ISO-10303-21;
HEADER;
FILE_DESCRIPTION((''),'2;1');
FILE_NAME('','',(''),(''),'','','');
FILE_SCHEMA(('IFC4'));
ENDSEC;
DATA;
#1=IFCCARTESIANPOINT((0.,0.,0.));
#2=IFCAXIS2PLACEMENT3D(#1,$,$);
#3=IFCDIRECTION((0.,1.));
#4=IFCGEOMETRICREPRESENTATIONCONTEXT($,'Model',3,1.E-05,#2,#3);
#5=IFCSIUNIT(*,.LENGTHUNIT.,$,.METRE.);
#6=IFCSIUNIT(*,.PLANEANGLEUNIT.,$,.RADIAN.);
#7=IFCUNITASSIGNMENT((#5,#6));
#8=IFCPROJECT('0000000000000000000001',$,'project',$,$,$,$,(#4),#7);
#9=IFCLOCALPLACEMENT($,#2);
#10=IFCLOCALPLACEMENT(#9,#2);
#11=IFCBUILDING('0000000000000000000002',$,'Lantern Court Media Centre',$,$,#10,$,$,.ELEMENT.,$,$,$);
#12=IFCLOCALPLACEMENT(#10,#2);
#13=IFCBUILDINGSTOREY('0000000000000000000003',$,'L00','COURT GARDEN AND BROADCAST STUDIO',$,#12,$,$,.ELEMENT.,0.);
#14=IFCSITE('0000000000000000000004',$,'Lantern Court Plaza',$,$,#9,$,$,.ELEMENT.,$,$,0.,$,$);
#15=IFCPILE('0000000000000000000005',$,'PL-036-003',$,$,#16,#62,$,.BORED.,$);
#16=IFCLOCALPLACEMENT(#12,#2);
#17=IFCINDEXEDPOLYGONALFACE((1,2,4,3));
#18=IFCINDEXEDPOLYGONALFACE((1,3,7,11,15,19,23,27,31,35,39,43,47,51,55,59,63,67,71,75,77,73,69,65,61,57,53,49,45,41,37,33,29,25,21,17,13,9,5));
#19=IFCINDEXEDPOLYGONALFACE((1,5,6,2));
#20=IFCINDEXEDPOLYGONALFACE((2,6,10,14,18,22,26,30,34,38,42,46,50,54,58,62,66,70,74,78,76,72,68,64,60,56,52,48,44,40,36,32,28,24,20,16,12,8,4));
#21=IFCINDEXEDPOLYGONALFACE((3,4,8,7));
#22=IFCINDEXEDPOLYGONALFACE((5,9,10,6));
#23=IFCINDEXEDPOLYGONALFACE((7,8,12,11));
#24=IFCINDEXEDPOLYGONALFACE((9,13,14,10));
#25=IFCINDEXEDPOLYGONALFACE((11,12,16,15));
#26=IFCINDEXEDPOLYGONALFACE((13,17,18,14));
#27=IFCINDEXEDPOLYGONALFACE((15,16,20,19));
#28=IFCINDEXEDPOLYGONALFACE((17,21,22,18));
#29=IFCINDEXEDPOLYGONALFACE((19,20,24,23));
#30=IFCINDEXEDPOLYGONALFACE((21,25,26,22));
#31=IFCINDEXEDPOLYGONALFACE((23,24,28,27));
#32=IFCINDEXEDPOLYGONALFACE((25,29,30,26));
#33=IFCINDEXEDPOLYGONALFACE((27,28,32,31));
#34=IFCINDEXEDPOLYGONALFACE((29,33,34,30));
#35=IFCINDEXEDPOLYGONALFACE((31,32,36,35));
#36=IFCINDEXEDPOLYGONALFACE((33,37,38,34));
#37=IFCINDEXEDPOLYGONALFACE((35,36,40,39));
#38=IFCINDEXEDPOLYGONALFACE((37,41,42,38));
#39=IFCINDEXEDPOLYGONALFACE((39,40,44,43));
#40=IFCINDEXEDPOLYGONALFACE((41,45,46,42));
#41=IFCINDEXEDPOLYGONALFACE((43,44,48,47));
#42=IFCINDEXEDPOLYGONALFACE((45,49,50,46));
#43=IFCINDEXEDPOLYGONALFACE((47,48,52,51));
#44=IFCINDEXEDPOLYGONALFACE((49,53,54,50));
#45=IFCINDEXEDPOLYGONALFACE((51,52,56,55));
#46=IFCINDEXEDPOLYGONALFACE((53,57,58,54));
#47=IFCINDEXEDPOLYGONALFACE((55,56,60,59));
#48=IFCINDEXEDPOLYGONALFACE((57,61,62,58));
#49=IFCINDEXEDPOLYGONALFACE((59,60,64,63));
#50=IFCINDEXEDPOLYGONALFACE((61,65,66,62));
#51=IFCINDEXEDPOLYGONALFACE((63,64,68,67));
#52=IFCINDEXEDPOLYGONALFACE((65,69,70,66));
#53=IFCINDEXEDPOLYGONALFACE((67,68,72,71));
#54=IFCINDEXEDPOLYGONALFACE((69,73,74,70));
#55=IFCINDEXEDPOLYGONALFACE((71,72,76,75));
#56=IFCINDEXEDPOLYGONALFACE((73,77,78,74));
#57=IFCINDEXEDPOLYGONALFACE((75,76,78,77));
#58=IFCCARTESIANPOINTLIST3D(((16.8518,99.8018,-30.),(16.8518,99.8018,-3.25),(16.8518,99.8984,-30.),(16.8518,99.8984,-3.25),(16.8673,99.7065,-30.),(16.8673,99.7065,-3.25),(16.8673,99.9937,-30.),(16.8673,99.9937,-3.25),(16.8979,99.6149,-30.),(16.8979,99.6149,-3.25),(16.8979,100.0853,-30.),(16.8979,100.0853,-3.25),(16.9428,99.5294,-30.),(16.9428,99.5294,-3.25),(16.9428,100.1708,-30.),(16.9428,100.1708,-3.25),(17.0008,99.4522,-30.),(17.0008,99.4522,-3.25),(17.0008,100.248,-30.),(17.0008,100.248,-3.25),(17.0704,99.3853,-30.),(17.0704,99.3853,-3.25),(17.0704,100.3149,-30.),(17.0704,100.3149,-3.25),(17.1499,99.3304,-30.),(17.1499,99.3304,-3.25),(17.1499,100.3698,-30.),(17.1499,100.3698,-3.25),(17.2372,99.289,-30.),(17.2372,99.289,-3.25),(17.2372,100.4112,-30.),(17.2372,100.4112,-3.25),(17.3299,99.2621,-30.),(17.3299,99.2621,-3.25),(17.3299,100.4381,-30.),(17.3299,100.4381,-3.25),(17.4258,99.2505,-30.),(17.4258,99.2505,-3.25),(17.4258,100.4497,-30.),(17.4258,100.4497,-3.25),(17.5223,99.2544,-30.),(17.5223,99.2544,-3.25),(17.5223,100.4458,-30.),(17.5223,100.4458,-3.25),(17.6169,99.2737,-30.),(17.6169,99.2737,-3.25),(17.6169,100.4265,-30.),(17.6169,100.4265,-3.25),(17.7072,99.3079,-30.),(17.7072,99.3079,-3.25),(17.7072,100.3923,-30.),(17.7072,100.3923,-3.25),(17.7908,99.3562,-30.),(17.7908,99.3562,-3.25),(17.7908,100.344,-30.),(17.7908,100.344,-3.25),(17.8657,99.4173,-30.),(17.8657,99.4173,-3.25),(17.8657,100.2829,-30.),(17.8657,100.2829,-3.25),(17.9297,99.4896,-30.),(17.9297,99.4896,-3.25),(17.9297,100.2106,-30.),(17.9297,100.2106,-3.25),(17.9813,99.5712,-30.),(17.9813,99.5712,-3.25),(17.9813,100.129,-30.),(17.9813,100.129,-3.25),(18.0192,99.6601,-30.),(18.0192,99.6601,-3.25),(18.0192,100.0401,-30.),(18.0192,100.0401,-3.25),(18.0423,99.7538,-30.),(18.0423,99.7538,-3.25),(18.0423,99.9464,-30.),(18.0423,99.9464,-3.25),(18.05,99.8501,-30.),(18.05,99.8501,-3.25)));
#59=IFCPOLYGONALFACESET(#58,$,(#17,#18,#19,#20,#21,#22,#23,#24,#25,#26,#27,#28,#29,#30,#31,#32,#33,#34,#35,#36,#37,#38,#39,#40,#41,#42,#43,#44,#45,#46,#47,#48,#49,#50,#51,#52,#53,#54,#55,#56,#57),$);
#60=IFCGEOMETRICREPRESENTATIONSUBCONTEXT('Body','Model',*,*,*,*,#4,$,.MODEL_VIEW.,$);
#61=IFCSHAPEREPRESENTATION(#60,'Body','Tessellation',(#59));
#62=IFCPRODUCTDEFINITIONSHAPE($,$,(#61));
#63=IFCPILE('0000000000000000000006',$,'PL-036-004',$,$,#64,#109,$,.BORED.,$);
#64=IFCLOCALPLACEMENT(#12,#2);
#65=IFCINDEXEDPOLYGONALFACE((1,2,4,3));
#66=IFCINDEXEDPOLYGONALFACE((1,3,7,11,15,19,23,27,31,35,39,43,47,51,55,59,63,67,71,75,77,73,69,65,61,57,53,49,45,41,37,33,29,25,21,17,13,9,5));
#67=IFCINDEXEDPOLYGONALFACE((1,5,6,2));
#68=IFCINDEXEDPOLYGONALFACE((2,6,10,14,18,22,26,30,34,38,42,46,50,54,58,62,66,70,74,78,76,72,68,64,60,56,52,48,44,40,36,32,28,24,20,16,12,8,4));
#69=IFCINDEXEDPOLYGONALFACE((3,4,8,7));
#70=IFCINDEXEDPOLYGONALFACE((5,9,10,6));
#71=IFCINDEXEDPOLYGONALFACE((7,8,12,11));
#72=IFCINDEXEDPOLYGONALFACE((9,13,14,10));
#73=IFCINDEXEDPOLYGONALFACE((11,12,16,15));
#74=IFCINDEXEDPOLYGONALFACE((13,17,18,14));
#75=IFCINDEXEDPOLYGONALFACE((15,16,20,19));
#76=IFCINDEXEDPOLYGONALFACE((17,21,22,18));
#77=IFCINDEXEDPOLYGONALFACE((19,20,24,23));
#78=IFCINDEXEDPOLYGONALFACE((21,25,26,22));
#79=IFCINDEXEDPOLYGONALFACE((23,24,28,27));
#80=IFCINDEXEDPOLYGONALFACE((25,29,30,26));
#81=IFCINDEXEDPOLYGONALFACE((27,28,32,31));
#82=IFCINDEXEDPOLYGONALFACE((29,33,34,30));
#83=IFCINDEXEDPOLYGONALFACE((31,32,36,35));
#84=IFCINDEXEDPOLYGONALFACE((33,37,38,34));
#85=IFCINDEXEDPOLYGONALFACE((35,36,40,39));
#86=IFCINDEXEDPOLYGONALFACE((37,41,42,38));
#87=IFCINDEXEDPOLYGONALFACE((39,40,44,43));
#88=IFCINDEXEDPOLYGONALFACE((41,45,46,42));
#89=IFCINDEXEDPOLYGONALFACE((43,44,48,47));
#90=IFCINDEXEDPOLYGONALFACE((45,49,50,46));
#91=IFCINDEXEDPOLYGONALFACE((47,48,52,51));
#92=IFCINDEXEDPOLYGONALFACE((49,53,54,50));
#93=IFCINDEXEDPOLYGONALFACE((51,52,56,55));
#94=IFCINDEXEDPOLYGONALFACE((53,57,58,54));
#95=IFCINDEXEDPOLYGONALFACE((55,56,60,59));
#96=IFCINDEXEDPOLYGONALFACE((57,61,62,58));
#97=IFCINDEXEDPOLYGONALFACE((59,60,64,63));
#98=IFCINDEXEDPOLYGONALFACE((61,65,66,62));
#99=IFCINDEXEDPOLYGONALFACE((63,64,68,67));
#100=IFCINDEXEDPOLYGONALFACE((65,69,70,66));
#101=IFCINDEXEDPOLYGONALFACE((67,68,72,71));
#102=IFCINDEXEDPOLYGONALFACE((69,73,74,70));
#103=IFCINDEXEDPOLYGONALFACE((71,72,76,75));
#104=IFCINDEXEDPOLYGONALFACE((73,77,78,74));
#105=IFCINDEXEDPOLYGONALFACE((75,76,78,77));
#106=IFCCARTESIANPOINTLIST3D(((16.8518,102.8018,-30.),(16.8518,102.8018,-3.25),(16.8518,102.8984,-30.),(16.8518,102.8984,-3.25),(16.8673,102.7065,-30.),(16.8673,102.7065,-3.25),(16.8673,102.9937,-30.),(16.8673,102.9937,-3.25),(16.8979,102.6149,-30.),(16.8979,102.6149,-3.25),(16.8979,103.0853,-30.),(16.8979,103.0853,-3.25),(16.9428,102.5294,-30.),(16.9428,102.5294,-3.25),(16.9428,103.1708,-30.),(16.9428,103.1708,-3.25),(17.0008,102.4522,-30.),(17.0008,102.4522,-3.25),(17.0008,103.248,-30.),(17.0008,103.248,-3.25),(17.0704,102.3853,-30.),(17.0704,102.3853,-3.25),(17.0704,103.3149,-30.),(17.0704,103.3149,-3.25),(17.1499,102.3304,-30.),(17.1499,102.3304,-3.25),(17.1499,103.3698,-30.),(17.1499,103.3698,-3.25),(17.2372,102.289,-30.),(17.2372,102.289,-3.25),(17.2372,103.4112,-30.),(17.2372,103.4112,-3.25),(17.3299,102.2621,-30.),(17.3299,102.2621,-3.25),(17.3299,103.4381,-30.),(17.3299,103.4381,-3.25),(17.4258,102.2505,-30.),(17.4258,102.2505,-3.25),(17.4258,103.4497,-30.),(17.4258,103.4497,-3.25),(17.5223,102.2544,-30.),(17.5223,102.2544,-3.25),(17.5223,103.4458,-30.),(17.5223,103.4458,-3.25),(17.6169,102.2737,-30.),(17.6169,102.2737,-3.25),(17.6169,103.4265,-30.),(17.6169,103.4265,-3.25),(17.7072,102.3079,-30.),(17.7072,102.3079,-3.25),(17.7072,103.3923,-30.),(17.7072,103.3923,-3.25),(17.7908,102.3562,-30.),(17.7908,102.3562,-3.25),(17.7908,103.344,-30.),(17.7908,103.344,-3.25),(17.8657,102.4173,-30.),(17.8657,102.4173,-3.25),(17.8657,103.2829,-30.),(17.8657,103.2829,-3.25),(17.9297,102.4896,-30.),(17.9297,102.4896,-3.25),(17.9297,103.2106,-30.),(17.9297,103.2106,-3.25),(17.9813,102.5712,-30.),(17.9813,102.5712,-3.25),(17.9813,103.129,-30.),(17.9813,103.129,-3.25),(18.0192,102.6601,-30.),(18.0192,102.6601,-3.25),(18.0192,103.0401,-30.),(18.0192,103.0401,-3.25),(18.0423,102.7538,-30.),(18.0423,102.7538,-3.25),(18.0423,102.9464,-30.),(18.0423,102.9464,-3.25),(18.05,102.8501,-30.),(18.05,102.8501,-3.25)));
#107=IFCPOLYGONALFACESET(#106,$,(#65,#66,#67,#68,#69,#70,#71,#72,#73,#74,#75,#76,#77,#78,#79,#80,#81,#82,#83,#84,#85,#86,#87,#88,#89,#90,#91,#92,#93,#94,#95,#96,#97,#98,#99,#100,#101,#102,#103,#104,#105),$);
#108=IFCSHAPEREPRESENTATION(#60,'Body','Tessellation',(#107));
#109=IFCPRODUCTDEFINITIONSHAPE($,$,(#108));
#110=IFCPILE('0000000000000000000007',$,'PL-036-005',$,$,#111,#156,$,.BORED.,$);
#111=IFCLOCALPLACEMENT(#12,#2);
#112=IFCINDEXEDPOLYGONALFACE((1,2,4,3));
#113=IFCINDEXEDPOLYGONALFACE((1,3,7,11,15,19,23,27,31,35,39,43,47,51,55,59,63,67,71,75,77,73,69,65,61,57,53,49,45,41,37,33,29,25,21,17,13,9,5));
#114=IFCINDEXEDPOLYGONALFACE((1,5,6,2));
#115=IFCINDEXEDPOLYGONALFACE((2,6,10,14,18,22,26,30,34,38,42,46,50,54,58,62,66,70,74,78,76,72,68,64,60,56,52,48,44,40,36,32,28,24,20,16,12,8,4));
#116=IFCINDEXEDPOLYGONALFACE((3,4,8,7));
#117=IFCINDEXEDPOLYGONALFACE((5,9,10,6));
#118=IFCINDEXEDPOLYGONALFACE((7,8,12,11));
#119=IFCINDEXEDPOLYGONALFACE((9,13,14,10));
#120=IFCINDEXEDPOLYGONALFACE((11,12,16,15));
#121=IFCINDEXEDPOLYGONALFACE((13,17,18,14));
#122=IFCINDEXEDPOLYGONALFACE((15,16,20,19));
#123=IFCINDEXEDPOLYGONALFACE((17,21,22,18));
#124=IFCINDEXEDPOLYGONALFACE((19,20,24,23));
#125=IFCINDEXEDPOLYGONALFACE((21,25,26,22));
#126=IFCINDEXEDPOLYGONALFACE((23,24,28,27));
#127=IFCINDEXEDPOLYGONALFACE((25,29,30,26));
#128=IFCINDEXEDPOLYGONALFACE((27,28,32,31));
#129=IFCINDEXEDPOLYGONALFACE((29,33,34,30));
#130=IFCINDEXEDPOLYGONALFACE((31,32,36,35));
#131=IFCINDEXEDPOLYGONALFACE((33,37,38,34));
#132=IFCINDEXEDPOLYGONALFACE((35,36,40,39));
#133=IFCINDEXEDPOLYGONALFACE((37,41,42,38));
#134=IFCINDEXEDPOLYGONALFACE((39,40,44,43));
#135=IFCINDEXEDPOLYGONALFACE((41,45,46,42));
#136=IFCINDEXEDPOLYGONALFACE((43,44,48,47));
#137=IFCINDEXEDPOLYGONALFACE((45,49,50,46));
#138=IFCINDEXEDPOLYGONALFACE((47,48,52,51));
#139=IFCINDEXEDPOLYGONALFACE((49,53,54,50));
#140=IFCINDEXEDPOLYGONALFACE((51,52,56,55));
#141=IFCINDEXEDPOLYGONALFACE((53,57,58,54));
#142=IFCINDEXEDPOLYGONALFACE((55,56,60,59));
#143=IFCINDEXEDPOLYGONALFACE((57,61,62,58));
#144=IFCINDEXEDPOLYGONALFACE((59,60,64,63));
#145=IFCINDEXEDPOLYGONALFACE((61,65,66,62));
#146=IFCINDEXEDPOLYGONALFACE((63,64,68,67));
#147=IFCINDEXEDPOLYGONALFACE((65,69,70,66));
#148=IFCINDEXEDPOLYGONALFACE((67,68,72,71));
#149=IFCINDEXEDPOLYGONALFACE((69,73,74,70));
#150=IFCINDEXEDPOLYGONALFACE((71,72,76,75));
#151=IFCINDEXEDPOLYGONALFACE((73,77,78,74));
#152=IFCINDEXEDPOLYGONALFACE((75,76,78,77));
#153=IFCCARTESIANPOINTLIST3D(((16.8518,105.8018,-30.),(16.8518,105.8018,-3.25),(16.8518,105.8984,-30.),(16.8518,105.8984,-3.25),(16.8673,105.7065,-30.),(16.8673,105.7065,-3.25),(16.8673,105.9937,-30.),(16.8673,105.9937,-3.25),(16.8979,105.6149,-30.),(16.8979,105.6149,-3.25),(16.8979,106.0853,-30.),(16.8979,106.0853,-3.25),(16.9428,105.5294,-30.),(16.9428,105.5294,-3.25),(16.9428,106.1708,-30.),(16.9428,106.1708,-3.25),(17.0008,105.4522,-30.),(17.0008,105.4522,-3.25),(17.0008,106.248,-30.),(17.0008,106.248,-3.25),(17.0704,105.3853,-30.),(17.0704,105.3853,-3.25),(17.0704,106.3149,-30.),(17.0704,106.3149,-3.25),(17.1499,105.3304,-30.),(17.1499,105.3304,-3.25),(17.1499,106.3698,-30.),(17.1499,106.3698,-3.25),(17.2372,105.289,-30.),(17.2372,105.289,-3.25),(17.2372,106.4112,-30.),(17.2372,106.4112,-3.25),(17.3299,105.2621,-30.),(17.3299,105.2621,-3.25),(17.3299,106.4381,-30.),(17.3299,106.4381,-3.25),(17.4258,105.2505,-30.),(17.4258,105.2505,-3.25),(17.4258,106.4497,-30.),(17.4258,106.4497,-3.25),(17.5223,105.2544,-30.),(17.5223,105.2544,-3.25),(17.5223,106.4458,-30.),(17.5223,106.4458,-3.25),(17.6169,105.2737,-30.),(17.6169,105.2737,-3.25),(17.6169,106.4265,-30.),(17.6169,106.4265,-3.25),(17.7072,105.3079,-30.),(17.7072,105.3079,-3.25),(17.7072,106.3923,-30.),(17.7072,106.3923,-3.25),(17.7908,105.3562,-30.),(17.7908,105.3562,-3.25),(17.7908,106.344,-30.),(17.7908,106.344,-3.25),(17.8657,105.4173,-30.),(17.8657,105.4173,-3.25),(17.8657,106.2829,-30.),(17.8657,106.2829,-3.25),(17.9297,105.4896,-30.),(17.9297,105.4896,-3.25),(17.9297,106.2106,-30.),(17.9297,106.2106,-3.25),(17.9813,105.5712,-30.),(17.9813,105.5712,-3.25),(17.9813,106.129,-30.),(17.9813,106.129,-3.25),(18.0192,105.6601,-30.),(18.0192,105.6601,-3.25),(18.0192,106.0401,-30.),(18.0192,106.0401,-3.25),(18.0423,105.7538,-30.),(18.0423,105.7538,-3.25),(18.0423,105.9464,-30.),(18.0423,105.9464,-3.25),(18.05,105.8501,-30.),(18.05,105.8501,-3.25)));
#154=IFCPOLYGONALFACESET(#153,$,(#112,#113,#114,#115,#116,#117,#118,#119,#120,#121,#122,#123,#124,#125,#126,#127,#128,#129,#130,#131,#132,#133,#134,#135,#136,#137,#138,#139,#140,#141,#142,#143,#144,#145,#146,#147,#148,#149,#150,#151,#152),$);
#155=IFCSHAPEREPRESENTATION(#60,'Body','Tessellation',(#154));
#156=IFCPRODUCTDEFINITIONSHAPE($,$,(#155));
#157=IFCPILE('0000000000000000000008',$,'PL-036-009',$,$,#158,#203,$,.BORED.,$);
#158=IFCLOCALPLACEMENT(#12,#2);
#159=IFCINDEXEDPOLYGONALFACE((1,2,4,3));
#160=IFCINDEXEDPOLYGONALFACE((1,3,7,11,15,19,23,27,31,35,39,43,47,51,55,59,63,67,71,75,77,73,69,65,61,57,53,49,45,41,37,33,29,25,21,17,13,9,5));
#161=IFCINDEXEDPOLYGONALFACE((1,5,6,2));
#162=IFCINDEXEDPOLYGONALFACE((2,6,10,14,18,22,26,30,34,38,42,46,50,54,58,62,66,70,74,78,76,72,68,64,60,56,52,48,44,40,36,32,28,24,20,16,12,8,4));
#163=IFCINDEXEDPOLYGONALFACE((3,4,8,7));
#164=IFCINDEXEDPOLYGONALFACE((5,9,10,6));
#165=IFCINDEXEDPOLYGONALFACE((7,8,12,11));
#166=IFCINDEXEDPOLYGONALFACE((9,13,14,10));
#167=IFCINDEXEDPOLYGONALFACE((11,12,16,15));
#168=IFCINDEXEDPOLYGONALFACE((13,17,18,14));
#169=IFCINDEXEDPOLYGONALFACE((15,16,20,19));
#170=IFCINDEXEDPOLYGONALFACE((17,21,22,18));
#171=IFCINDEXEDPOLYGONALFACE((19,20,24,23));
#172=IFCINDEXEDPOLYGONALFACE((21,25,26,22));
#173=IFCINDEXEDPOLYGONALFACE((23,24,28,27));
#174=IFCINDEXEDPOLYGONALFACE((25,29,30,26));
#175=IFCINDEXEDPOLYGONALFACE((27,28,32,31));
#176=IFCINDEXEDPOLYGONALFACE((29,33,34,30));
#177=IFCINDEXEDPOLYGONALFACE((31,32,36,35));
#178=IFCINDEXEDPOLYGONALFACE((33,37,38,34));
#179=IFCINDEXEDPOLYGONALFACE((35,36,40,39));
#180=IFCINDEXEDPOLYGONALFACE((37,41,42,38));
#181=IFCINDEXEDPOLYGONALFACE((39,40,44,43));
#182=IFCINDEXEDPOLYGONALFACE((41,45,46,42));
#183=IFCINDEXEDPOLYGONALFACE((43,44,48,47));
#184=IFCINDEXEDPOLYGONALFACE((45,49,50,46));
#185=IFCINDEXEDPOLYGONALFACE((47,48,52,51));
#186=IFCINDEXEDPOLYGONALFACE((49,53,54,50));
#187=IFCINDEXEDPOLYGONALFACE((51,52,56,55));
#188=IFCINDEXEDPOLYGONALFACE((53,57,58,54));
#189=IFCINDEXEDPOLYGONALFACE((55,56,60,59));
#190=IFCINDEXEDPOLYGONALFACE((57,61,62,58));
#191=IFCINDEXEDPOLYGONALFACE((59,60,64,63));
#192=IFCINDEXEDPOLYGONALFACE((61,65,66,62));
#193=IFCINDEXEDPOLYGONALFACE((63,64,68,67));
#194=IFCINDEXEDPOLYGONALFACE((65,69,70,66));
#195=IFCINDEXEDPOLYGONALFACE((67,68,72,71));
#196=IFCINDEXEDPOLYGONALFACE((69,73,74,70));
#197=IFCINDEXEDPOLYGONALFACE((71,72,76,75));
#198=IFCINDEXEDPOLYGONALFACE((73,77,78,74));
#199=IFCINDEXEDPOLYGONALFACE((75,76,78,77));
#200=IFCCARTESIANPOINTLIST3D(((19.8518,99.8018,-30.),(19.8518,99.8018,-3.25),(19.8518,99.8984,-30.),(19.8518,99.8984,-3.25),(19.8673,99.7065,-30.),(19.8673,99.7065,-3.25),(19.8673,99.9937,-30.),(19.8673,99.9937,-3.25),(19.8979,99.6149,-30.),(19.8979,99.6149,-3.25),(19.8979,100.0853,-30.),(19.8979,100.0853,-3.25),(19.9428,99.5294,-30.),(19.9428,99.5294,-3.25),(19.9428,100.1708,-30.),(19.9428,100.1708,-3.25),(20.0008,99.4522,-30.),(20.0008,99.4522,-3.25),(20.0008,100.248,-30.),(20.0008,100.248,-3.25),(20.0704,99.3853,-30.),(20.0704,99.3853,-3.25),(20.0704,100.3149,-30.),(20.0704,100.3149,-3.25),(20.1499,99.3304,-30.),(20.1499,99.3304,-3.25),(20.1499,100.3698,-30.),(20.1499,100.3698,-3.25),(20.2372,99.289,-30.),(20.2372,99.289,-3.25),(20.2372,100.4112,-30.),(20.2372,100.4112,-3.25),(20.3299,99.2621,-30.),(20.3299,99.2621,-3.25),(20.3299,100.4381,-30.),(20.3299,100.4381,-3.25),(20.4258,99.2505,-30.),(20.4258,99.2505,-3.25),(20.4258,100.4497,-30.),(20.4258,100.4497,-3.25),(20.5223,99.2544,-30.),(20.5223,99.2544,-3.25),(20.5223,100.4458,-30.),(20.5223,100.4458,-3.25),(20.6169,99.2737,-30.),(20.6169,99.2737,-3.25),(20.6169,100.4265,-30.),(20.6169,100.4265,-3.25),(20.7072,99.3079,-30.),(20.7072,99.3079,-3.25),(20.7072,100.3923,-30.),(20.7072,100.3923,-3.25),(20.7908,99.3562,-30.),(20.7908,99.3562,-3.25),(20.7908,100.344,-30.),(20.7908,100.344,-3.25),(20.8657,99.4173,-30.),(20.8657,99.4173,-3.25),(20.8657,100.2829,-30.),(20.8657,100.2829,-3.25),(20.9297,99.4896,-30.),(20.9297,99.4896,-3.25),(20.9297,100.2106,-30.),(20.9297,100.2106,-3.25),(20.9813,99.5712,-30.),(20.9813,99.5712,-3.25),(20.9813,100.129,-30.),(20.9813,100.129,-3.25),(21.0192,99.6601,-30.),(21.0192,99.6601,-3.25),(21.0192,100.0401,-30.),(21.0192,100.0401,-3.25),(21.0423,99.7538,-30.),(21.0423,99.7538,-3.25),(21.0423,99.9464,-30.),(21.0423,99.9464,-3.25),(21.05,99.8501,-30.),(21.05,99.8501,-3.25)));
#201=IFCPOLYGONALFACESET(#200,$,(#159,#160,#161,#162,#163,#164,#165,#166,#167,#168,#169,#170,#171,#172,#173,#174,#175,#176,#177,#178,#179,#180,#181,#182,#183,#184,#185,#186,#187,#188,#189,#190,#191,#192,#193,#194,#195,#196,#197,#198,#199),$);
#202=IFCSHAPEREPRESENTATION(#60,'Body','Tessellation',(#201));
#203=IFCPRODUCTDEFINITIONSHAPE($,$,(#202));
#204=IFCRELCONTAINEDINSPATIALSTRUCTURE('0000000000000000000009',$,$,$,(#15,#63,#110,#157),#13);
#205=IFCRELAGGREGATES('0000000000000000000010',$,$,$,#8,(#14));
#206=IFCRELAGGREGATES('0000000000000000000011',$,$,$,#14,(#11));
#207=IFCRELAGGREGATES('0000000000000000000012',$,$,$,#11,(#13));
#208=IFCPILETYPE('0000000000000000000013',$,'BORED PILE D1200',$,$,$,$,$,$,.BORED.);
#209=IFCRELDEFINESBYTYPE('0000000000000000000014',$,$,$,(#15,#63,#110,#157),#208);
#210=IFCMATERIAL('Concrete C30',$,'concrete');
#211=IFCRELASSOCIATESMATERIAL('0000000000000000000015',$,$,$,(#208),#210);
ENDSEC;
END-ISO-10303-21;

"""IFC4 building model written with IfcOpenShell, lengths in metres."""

from ifc_helpers import new_model, si_unit, direction, frame, origin, origin_2d, place, context, subcontext, project, spatial, circle, extrude, material, material_profile, profile_set, type_object, element, save


model = new_model("IFC4")

# Units and contexts
model_context = context("Model", 3, precision=1e-05, world=origin(), true_north=direction((0.0, 1.0)))
body_context = subcontext(model_context, "Body", "Model", "MODEL_VIEW")
ifc_project = project(units=[si_unit("LENGTHUNIT", "METRE"), si_unit("PLANEANGLEUNIT", "RADIAN")], contexts=[model_context])

# Site, building, storey
site_placement = place(None, origin())
site = spatial("IfcSite", under=ifc_project, at=site_placement, Name="Lantern Court Plaza", CompositionType="ELEMENT", RefElevation=0.0)
building_placement = place(site_placement, origin())
building = spatial("IfcBuilding", under=site, at=building_placement, Name="Lantern Court Media Centre", CompositionType="ELEMENT")
storey_placement = place(building_placement, origin())
storey = spatial("IfcBuildingStorey", under=building, at=storey_placement, Name="L00", Description="COURT GARDEN AND BROADCAST STUDIO", CompositionType="ELEMENT", Elevation=0.0)

# Piles
ifc_material_1 = material(Name="Concrete C30", Category="concrete")
ifc_material_profile = material_profile(ifc_material_1, circle(Radius=0.6001, at=origin_2d()), Name="D1200")
ifc_profile_set = profile_set([ifc_material_profile], Name="Concrete C30")
pile_type = type_object("IfcPileType", Name="BORED PILE D1200", PredefinedType="BORED", material=ifc_profile_set)
for number, where, z_axis, x_axis, name in (
    (1, (17.45, 99.8501, -3.25), (0.0, 0.0, -1.0), (1.0, 0.0, 0.0), "PL-036-003"),
    (2, (17.45, 102.8501, -3.25), (0.0, 0.0, -1.0), (1.0, 0.0, 0.0), "PL-036-004"),
    (3, (17.45, 105.8501, -3.25), (0.0, 0.0, -1.0), (1.0, 0.0, 0.0), "PL-036-005"),
    (4, (20.45, 99.8501, -3.25), (0.0, 0.0, -1.0), (1.0, 0.0, 0.0), "PL-036-009"),
):
    element("IfcPile", number, at=place(storey_placement, frame(where, z_axis=z_axis, x_axis=x_axis)), inside=storey, type_object=pile_type, Name=name, PredefinedType="BORED", context=body_context, shape_type="SweptSolid", body=[
        extrude(circle(Radius=0.6001, at=origin_2d()), origin(), (0.0, 0.0, 1.0), 26.75),
    ])

save(model, "model.ifc")
